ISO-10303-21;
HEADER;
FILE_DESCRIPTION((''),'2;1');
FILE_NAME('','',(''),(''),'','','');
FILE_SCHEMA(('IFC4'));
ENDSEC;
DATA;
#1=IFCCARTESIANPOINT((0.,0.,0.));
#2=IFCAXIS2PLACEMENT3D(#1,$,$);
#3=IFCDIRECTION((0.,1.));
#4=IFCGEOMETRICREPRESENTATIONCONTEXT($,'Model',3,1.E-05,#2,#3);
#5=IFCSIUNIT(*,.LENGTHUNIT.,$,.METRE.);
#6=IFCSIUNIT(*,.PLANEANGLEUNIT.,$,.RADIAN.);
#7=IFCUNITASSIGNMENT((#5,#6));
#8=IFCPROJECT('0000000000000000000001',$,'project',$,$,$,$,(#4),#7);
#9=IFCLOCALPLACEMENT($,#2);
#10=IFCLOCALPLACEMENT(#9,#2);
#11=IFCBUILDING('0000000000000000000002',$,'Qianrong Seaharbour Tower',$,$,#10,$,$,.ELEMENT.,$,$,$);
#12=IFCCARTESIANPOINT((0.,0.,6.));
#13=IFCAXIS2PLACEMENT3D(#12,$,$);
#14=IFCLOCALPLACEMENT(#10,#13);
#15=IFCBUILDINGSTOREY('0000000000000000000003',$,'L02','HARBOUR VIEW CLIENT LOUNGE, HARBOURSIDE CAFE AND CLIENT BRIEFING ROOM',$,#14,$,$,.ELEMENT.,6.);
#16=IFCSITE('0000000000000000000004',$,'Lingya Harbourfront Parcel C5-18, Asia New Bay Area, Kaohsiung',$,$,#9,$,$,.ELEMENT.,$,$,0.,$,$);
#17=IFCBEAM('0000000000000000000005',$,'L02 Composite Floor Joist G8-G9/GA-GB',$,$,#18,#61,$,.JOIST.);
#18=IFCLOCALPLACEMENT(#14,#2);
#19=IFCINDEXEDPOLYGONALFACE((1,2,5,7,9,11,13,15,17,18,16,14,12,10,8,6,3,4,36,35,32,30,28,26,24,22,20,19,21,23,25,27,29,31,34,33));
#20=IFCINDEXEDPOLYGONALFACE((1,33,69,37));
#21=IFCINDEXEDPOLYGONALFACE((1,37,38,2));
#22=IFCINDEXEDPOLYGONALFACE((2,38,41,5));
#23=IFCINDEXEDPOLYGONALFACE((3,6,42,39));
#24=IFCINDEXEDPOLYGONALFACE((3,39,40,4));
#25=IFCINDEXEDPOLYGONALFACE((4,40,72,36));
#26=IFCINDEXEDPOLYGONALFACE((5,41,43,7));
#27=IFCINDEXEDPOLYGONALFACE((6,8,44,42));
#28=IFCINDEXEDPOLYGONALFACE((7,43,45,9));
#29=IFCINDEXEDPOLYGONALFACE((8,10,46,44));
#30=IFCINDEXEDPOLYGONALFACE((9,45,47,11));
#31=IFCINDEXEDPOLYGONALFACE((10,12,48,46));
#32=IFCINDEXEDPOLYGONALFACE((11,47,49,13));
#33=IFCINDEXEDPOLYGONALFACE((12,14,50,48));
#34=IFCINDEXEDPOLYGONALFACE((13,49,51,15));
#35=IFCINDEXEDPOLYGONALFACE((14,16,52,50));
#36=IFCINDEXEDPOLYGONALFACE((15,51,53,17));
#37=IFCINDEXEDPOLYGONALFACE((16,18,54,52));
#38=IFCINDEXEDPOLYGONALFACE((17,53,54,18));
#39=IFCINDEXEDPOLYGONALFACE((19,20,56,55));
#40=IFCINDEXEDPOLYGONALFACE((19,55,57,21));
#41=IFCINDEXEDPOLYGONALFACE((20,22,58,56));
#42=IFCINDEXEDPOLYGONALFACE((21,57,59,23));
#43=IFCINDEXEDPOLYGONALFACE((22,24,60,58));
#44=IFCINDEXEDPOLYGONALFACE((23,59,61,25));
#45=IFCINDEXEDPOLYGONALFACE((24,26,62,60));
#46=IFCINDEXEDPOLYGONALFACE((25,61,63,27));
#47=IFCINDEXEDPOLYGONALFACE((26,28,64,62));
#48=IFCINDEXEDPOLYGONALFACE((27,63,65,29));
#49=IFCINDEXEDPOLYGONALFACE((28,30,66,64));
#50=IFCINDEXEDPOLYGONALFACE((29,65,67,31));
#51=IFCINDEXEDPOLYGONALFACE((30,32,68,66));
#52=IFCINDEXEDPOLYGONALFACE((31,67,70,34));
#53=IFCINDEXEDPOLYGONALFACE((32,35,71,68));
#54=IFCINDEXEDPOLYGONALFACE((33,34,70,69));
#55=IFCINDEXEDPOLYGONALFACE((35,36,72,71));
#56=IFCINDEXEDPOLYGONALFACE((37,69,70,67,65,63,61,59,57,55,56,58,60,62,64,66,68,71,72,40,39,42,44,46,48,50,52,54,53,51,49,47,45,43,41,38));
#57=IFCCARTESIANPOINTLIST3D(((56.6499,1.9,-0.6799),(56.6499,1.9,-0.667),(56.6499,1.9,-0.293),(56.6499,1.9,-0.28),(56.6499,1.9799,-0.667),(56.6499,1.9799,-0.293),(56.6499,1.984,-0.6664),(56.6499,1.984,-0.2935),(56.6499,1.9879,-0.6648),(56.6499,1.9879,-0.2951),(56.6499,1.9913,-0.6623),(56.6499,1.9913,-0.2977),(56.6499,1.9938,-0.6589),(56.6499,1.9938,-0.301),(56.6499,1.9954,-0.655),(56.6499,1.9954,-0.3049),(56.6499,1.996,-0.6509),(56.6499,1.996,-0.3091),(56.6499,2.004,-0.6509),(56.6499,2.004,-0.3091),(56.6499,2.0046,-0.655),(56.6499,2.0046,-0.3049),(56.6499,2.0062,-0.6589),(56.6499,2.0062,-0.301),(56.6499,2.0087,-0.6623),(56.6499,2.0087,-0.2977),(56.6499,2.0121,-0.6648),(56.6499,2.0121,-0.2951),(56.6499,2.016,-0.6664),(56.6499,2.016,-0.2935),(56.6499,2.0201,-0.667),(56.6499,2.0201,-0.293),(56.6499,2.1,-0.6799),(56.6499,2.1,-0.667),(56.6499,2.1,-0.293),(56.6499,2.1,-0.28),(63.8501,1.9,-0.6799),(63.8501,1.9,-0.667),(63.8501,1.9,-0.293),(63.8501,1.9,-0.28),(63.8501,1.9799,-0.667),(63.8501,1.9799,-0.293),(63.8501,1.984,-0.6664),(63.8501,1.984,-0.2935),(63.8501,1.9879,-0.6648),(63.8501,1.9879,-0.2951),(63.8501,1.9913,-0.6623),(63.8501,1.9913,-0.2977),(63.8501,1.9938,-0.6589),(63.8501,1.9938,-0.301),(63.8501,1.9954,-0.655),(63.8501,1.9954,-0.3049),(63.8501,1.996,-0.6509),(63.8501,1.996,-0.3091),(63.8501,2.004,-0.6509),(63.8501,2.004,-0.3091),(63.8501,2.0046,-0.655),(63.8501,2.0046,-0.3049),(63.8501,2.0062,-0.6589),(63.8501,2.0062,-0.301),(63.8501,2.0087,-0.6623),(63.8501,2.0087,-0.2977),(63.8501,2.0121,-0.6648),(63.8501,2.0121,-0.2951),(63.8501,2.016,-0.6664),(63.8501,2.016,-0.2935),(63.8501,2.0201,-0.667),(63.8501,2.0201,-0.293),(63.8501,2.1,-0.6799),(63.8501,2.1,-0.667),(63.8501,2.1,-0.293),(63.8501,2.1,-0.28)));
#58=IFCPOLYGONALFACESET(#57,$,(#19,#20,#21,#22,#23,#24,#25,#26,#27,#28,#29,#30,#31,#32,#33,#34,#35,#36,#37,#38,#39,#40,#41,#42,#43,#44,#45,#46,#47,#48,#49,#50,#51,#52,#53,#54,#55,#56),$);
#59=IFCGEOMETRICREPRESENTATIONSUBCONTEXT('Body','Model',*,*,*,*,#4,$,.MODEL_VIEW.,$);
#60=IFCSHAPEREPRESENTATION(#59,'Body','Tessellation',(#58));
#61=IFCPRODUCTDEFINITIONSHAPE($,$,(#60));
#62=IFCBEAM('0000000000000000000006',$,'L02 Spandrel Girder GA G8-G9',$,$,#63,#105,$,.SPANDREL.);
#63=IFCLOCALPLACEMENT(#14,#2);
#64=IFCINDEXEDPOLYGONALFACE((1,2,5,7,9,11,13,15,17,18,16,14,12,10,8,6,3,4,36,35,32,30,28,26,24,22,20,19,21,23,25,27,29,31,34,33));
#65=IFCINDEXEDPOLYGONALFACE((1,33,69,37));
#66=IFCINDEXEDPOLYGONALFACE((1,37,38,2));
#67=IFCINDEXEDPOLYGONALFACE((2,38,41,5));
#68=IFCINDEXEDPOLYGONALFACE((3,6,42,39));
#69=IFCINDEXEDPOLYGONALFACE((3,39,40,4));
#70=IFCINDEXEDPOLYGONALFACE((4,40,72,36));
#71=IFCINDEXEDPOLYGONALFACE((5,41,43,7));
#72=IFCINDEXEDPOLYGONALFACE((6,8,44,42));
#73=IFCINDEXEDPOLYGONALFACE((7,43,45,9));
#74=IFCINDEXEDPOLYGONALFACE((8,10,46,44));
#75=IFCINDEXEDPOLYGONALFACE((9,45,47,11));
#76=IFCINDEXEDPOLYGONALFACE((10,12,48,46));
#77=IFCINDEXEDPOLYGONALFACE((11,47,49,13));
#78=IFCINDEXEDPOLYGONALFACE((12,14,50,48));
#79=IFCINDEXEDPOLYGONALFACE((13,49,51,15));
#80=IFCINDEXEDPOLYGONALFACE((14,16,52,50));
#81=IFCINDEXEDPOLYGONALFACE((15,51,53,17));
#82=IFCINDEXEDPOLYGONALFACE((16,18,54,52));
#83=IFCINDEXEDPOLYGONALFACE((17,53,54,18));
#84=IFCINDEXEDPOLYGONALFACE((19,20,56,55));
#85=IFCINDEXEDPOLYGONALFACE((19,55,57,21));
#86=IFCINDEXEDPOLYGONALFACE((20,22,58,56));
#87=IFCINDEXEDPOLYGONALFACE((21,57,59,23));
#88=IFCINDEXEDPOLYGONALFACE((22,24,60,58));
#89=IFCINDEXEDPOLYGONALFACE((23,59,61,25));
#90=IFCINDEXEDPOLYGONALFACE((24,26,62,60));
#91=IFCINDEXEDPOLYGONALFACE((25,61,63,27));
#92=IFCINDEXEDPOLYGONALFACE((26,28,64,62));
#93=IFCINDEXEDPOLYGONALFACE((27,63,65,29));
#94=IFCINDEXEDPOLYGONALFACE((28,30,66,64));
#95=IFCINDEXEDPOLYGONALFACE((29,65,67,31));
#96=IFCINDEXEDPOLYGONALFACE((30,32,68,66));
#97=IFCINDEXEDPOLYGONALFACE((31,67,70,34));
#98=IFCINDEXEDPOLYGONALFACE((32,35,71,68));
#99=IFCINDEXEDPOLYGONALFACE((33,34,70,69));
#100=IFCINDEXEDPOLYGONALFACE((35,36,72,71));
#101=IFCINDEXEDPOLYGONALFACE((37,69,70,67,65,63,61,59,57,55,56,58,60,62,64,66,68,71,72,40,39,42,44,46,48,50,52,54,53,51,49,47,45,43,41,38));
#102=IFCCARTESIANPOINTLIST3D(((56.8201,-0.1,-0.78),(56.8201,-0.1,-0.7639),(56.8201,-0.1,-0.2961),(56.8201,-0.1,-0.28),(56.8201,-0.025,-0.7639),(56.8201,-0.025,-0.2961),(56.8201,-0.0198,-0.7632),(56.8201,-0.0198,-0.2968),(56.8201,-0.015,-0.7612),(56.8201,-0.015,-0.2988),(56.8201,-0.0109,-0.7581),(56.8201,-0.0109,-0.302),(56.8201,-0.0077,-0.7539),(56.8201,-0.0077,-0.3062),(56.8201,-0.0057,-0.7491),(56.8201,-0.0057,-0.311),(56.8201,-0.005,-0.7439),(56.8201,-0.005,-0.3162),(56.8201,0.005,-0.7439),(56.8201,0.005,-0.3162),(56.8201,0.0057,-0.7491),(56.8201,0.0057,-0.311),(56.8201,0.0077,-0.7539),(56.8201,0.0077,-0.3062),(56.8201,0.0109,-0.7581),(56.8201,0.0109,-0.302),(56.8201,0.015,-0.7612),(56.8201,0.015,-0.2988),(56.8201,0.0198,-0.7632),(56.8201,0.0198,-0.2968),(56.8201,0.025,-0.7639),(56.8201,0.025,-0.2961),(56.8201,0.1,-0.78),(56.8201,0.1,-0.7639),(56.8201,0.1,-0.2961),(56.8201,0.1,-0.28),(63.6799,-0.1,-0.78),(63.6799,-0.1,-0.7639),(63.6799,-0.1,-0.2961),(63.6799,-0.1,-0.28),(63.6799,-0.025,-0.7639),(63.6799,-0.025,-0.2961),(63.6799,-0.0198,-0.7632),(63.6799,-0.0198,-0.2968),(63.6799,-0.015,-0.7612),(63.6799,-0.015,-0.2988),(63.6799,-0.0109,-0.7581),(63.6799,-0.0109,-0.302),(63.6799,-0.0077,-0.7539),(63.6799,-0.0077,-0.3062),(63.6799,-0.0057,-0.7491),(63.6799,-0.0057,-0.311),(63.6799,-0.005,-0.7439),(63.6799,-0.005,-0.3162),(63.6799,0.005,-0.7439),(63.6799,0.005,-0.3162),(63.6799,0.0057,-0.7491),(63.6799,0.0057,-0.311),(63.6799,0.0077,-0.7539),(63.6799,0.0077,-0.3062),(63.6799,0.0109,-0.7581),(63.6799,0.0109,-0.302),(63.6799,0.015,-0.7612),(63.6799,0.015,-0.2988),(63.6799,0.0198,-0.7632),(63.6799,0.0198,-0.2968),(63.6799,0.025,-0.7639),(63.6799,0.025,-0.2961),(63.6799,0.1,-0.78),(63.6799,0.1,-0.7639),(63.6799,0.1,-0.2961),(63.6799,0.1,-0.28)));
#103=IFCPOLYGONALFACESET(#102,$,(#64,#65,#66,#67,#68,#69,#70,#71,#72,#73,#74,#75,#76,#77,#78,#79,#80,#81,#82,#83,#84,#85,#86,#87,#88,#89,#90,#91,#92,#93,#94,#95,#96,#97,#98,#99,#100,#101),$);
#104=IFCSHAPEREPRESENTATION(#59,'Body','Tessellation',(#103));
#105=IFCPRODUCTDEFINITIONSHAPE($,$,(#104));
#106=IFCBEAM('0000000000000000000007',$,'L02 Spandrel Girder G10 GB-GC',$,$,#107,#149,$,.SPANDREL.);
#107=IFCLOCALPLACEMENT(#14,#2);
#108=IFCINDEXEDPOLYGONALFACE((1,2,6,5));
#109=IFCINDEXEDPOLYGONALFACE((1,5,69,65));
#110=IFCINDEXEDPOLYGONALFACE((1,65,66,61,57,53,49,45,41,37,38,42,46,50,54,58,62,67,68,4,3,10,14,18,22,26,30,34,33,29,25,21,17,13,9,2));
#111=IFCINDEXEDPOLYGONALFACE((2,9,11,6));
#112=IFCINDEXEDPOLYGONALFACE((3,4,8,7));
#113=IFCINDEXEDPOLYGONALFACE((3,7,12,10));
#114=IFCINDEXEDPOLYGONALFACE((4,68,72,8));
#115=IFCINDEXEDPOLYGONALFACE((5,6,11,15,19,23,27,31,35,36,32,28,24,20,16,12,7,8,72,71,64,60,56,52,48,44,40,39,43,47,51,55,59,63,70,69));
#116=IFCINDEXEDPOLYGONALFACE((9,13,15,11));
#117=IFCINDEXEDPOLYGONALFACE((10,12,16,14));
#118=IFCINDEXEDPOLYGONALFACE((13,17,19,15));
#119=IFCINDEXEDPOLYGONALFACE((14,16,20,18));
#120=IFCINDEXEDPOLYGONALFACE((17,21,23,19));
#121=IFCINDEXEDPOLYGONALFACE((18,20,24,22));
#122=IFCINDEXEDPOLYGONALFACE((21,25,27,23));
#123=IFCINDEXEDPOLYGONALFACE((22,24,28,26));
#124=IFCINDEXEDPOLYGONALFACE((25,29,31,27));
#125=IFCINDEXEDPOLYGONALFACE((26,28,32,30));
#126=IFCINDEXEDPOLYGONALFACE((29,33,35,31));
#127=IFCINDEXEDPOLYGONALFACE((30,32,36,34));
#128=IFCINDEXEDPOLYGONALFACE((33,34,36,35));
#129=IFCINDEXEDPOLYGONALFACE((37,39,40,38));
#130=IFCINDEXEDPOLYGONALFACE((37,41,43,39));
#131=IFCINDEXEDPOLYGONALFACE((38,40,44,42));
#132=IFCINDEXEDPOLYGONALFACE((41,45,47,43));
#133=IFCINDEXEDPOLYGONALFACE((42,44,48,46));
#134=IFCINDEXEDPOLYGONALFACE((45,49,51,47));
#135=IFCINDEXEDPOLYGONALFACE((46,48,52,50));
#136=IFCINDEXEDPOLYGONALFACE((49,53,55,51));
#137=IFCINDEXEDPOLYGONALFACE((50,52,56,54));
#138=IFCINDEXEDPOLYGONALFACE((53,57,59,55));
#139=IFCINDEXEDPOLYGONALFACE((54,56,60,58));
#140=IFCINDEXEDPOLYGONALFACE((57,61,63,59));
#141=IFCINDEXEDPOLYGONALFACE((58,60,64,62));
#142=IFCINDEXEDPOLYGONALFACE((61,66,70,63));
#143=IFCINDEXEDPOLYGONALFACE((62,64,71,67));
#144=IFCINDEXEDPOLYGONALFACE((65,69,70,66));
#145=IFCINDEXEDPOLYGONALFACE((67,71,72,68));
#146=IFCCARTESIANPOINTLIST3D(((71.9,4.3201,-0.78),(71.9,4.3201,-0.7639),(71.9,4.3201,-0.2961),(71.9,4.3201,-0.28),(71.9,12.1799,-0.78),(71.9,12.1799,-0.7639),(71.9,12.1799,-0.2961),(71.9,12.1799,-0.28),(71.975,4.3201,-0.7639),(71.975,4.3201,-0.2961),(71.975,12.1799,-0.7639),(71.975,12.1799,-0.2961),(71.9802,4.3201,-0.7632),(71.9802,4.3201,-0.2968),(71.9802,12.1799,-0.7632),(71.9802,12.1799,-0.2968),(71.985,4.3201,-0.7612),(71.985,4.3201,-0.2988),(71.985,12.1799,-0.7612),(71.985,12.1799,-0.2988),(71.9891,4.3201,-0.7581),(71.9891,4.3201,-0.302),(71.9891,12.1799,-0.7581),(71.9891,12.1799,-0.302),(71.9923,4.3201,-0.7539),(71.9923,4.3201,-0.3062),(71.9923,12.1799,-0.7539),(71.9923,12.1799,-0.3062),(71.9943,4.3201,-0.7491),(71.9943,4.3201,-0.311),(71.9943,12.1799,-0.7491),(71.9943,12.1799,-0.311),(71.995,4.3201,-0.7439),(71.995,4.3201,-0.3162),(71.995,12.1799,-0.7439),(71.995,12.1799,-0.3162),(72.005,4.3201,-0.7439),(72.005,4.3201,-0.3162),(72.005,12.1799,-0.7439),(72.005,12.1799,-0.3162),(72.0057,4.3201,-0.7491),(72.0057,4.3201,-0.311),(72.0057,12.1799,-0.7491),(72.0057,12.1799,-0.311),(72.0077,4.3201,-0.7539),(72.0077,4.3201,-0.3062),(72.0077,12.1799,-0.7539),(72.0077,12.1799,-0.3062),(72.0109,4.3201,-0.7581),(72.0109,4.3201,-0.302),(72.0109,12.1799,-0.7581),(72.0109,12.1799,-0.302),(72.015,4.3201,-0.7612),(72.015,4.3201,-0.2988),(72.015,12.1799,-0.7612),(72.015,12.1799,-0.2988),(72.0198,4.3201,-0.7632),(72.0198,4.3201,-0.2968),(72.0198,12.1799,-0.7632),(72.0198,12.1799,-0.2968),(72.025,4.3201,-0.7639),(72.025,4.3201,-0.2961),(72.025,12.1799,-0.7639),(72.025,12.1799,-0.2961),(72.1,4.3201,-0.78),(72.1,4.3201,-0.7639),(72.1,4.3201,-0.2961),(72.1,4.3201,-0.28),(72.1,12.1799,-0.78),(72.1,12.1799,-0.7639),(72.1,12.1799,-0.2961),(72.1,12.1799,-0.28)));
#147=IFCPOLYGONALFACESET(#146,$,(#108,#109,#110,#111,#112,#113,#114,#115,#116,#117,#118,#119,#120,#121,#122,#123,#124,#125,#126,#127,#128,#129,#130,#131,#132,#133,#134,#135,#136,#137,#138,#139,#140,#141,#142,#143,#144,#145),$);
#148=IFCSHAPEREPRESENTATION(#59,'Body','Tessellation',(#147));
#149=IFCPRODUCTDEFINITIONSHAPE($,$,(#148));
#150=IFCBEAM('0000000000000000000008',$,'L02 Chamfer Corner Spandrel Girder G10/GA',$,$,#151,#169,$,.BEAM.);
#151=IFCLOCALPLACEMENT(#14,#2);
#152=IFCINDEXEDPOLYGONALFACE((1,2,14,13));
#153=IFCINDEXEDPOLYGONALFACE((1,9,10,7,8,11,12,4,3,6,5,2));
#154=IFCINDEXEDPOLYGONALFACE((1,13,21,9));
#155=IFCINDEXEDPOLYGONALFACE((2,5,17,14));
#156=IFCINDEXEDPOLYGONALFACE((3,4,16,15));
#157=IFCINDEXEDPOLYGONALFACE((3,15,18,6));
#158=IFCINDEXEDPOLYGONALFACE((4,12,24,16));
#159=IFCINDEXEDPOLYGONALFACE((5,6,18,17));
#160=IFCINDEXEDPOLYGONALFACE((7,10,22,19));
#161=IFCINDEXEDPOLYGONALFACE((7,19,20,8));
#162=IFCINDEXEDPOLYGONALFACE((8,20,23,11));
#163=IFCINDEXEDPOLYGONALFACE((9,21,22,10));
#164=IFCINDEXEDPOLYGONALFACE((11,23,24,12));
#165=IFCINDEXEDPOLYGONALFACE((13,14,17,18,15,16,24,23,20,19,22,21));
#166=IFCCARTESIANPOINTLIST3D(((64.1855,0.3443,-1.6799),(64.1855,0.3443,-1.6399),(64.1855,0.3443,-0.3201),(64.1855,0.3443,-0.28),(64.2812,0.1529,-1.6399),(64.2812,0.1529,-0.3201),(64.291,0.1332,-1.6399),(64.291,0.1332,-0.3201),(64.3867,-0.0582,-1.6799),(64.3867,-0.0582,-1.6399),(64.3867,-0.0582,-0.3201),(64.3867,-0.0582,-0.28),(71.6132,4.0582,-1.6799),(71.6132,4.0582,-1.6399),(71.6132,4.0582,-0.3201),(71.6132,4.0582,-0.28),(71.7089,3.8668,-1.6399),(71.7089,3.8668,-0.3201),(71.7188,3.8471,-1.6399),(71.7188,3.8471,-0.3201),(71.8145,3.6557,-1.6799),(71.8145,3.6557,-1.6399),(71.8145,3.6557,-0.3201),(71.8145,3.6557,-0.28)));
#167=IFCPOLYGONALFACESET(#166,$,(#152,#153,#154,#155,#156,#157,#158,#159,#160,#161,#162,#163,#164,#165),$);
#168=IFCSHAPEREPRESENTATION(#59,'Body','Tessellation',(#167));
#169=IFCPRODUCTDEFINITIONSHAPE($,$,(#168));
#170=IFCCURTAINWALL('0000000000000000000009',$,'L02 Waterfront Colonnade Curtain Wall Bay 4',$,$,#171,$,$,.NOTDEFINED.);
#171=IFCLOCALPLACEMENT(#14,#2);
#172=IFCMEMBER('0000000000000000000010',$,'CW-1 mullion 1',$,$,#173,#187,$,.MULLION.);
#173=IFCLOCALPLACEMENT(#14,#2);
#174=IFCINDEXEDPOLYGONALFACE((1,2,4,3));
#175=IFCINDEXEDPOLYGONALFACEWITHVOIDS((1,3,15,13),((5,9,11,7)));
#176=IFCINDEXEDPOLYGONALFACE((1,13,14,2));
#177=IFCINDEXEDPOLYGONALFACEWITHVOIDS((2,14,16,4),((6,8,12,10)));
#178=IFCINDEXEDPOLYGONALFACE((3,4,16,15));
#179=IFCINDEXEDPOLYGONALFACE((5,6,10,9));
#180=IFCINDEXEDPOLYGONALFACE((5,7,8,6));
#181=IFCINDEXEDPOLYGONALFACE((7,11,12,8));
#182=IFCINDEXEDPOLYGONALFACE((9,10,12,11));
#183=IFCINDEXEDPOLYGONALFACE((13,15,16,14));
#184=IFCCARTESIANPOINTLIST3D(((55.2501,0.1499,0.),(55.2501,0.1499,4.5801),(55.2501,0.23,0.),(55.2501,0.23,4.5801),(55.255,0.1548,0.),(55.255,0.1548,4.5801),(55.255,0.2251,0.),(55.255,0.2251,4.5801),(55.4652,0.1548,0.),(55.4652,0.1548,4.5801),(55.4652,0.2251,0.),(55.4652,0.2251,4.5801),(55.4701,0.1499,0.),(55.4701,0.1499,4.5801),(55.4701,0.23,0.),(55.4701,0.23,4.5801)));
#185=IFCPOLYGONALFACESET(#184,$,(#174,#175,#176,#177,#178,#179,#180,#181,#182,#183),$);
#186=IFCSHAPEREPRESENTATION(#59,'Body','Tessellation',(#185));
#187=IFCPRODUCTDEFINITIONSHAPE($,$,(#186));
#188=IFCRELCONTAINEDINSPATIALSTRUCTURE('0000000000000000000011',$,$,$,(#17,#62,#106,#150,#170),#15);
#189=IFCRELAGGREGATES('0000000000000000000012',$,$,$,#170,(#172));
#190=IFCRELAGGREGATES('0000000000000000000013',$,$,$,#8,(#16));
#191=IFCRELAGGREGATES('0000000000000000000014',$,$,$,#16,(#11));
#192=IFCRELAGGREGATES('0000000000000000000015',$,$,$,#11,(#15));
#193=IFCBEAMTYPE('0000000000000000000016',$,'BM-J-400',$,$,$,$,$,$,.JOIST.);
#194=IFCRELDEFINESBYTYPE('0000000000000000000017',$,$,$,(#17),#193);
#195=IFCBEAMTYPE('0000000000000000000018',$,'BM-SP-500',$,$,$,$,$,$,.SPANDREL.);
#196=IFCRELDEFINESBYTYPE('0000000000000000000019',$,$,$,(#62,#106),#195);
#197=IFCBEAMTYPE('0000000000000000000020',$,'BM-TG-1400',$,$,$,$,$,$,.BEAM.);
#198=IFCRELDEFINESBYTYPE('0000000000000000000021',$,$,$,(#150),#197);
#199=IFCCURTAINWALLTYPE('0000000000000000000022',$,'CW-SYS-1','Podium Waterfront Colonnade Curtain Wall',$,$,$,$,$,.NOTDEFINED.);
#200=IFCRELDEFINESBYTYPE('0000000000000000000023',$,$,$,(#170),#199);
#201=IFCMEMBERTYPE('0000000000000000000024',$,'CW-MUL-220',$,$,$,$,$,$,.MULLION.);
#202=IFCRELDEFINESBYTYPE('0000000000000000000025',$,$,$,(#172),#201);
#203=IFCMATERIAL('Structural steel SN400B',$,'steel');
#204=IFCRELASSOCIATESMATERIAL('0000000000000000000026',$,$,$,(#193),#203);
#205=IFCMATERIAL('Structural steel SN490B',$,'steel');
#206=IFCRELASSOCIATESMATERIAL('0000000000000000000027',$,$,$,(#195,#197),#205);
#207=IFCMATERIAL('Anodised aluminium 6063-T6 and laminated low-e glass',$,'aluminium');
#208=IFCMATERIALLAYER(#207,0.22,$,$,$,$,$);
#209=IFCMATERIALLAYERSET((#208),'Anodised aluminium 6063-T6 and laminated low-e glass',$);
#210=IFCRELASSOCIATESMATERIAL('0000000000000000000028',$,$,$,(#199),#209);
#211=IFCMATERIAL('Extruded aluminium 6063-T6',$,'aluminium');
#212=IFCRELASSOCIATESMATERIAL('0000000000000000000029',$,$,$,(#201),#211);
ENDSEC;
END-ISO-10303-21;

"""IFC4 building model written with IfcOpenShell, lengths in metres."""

from ifc_helpers import new_model, si_unit, direction, frame, origin, origin_2d, place, context, subcontext, project, spatial, hollow_rectangle, i_section, extrude, material, layer, layer_set, material_profile, profile_set, type_object, element, aggregate, save


model = new_model("IFC4")

# Units and contexts
model_context = context("Model", 3, precision=1e-05, world=origin(), true_north=direction((0.0, 1.0)))
body_context = subcontext(model_context, "Body", "Model", "MODEL_VIEW")
ifc_project = project(units=[si_unit("LENGTHUNIT", "METRE"), si_unit("PLANEANGLEUNIT", "RADIAN")], contexts=[model_context])

# Site, building, storey
site_placement = place(None, origin())
site = spatial("IfcSite", under=ifc_project, at=site_placement, Name="Lingya Harbourfront Parcel C5-18, Asia New Bay Area, Kaohsiung", CompositionType="ELEMENT", RefElevation=0.0)
building_placement = place(site_placement, origin())
building = spatial("IfcBuilding", under=site, at=building_placement, Name="Qianrong Seaharbour Tower", CompositionType="ELEMENT")
storey_placement = place(building_placement, frame((0.0, 0.0, 6.0)))
storey = spatial("IfcBuildingStorey", under=building, at=storey_placement, Name="L02", Description="HARBOUR VIEW CLIENT LOUNGE, HARBOURSIDE CAFE AND CLIENT BRIEFING ROOM", CompositionType="ELEMENT", Elevation=6.0)

# Beams
ifc_material_1 = material(Name="Structural steel SN490B", Category="steel")
ifc_material_2 = material(Name="Structural steel SN400B", Category="steel")
ifc_material_profile_1 = material_profile(ifc_material_2, i_section(OverallWidth=0.2, OverallDepth=0.3999, WebThickness=0.0081, FlangeThickness=0.0129, FilletRadius=0.0161, at=origin_2d()), Name="H400x200x8x13")
ifc_profile_set_1 = profile_set([ifc_material_profile_1], Name="Structural steel SN400B")
beam_type_1 = type_object("IfcBeamType", Name="BM-J-400", PredefinedType="JOIST", material=ifc_profile_set_1)
beam_1_placement = place(storey_placement, frame((56.6499, 2.0, -0.48), z_axis=(1.0, 0.0, 0.0), x_axis=(0.0, 1.0, 0.0)))
element("IfcBeam", 1, at=beam_1_placement, inside=storey, type_object=beam_type_1, Name="L02 Composite Floor Joist G8-G9/GA-GB", PredefinedType="JOIST", context=body_context, shape_type="SweptSolid", body=[
    extrude(i_section(OverallWidth=0.2, OverallDepth=0.3999, WebThickness=0.0081, FlangeThickness=0.0129, FilletRadius=0.0161, at=origin_2d()), origin(), (0.0, 0.0, 1.0), 7.2002),
])
ifc_material_profile_2 = material_profile(ifc_material_1, i_section(OverallWidth=0.2, OverallDepth=0.5, WebThickness=0.01, FlangeThickness=0.0161, FilletRadius=0.02, at=origin_2d()), Name="H500x200x10x16")
ifc_profile_set_2 = profile_set([ifc_material_profile_2], Name="Structural steel SN490B")
beam_type_2 = type_object("IfcBeamType", Name="BM-SP-500", PredefinedType="SPANDREL", material=ifc_profile_set_2)
beam_2_placement = place(storey_placement, frame((56.8201, 0.0, -0.53), z_axis=(1.0, 0.0, 0.0), x_axis=(0.0, 1.0, 0.0)))
element("IfcBeam", 2, at=beam_2_placement, inside=storey, type_object=beam_type_2, Name="L02 Spandrel Girder GA G8-G9", PredefinedType="SPANDREL", context=body_context, shape_type="SweptSolid", body=[
    extrude(i_section(OverallWidth=0.2, OverallDepth=0.5, WebThickness=0.01, FlangeThickness=0.0161, FilletRadius=0.02, at=origin_2d()), origin(), (0.0, 0.0, 1.0), 6.8599),
])
beam_3_placement = place(storey_placement, frame((72.0, 4.3201, -0.53), z_axis=(0.0, 1.0, 0.0), x_axis=(-1.0, 0.0, 0.0)))
element("IfcBeam", 3, at=beam_3_placement, inside=storey, type_object=beam_type_2, Name="L02 Spandrel Girder G10 GB-GC", PredefinedType="SPANDREL", context=body_context, shape_type="SweptSolid", body=[
    extrude(i_section(OverallWidth=0.2, OverallDepth=0.5, WebThickness=0.01, FlangeThickness=0.0161, FilletRadius=0.02, at=origin_2d()), origin(), (0.0, 0.0, 1.0), 7.8599),
])
ifc_material_profile_3 = material_profile(ifc_material_1, i_section(OverallWidth=0.45, OverallDepth=1.3999, WebThickness=0.022, FlangeThickness=0.04, at=origin_2d()), Name="BH1400x450x22x40")
ifc_profile_set_3 = profile_set([ifc_material_profile_3], Name="Structural steel SN490B")
beam_type_3 = type_object("IfcBeamType", Name="BM-TG-1400", PredefinedType="BEAM", material=ifc_profile_set_3)
beam_4_placement = place(storey_placement, frame((64.2861, 0.1431, -0.98), z_axis=(0.894427, 0.447214, 0.0), x_axis=(-0.447214, 0.894427, 0.0)))
element("IfcBeam", 4, at=beam_4_placement, inside=storey, type_object=beam_type_3, Name="L02 Chamfer Corner Spandrel Girder G10/GA", PredefinedType="BEAM", context=body_context, shape_type="SweptSolid", body=[
    extrude(i_section(OverallWidth=0.45, OverallDepth=1.3999, WebThickness=0.022, FlangeThickness=0.04, at=origin_2d()), origin(), (0.0, 0.0, 1.0), 8.3044),
])

# Curtain wall, member
ifc_material_3 = material(Name="Anodised aluminium 6063-T6 and laminated low-e glass", Category="aluminium")
ifc_layer_1 = layer(ifc_material_3, 0.22)
ifc_layer_set_1 = layer_set([ifc_layer_1], Name="Anodised aluminium 6063-T6 and laminated low-e glass")
curtain_wall_type = type_object("IfcCurtainWallType", Name="CW-SYS-1", Description="Podium Waterfront Colonnade Curtain Wall", PredefinedType="NOTDEFINED", material=ifc_layer_set_1)
curtain_wall_placement = place(storey_placement, origin())
curtain_wall = element("IfcCurtainWall", 5, at=curtain_wall_placement, inside=storey, type_object=curtain_wall_type, Name="L02 Waterfront Colonnade Curtain Wall Bay 4", PredefinedType="NOTDEFINED")
ifc_material_4 = material(Name="Extruded aluminium 6063-T6", Category="aluminium")
ifc_material_profile_4 = material_profile(ifc_material_4, hollow_rectangle(XDim=0.0801, YDim=0.22, WallThickness=0.0049, at=origin_2d()), Name="ALU-MUL-220x80x5")
ifc_profile_set_4 = profile_set([ifc_material_profile_4], Name="Extruded aluminium 6063-T6")
member_type_1 = type_object("IfcMemberType", Name="CW-MUL-220", PredefinedType="MULLION", material=ifc_profile_set_4)
member_1_placement = place(storey_placement, frame((55.3601, 0.1899, 0.0), z_axis=(0.0, 0.0, 1.0), x_axis=(0.0, -1.0, 0.0)))
member_1 = element("IfcMember", 6, at=member_1_placement, type_object=member_type_1, Name="CW-1 mullion 1", PredefinedType="MULLION", context=body_context, shape_type="SweptSolid", body=[
    extrude(hollow_rectangle(XDim=0.0801, YDim=0.22, WallThickness=0.0049, at=origin_2d()), origin(), (0.0, 0.0, 1.0), 4.5801),
])
aggregate(curtain_wall, [member_1])

save(model, "model.ifc")
